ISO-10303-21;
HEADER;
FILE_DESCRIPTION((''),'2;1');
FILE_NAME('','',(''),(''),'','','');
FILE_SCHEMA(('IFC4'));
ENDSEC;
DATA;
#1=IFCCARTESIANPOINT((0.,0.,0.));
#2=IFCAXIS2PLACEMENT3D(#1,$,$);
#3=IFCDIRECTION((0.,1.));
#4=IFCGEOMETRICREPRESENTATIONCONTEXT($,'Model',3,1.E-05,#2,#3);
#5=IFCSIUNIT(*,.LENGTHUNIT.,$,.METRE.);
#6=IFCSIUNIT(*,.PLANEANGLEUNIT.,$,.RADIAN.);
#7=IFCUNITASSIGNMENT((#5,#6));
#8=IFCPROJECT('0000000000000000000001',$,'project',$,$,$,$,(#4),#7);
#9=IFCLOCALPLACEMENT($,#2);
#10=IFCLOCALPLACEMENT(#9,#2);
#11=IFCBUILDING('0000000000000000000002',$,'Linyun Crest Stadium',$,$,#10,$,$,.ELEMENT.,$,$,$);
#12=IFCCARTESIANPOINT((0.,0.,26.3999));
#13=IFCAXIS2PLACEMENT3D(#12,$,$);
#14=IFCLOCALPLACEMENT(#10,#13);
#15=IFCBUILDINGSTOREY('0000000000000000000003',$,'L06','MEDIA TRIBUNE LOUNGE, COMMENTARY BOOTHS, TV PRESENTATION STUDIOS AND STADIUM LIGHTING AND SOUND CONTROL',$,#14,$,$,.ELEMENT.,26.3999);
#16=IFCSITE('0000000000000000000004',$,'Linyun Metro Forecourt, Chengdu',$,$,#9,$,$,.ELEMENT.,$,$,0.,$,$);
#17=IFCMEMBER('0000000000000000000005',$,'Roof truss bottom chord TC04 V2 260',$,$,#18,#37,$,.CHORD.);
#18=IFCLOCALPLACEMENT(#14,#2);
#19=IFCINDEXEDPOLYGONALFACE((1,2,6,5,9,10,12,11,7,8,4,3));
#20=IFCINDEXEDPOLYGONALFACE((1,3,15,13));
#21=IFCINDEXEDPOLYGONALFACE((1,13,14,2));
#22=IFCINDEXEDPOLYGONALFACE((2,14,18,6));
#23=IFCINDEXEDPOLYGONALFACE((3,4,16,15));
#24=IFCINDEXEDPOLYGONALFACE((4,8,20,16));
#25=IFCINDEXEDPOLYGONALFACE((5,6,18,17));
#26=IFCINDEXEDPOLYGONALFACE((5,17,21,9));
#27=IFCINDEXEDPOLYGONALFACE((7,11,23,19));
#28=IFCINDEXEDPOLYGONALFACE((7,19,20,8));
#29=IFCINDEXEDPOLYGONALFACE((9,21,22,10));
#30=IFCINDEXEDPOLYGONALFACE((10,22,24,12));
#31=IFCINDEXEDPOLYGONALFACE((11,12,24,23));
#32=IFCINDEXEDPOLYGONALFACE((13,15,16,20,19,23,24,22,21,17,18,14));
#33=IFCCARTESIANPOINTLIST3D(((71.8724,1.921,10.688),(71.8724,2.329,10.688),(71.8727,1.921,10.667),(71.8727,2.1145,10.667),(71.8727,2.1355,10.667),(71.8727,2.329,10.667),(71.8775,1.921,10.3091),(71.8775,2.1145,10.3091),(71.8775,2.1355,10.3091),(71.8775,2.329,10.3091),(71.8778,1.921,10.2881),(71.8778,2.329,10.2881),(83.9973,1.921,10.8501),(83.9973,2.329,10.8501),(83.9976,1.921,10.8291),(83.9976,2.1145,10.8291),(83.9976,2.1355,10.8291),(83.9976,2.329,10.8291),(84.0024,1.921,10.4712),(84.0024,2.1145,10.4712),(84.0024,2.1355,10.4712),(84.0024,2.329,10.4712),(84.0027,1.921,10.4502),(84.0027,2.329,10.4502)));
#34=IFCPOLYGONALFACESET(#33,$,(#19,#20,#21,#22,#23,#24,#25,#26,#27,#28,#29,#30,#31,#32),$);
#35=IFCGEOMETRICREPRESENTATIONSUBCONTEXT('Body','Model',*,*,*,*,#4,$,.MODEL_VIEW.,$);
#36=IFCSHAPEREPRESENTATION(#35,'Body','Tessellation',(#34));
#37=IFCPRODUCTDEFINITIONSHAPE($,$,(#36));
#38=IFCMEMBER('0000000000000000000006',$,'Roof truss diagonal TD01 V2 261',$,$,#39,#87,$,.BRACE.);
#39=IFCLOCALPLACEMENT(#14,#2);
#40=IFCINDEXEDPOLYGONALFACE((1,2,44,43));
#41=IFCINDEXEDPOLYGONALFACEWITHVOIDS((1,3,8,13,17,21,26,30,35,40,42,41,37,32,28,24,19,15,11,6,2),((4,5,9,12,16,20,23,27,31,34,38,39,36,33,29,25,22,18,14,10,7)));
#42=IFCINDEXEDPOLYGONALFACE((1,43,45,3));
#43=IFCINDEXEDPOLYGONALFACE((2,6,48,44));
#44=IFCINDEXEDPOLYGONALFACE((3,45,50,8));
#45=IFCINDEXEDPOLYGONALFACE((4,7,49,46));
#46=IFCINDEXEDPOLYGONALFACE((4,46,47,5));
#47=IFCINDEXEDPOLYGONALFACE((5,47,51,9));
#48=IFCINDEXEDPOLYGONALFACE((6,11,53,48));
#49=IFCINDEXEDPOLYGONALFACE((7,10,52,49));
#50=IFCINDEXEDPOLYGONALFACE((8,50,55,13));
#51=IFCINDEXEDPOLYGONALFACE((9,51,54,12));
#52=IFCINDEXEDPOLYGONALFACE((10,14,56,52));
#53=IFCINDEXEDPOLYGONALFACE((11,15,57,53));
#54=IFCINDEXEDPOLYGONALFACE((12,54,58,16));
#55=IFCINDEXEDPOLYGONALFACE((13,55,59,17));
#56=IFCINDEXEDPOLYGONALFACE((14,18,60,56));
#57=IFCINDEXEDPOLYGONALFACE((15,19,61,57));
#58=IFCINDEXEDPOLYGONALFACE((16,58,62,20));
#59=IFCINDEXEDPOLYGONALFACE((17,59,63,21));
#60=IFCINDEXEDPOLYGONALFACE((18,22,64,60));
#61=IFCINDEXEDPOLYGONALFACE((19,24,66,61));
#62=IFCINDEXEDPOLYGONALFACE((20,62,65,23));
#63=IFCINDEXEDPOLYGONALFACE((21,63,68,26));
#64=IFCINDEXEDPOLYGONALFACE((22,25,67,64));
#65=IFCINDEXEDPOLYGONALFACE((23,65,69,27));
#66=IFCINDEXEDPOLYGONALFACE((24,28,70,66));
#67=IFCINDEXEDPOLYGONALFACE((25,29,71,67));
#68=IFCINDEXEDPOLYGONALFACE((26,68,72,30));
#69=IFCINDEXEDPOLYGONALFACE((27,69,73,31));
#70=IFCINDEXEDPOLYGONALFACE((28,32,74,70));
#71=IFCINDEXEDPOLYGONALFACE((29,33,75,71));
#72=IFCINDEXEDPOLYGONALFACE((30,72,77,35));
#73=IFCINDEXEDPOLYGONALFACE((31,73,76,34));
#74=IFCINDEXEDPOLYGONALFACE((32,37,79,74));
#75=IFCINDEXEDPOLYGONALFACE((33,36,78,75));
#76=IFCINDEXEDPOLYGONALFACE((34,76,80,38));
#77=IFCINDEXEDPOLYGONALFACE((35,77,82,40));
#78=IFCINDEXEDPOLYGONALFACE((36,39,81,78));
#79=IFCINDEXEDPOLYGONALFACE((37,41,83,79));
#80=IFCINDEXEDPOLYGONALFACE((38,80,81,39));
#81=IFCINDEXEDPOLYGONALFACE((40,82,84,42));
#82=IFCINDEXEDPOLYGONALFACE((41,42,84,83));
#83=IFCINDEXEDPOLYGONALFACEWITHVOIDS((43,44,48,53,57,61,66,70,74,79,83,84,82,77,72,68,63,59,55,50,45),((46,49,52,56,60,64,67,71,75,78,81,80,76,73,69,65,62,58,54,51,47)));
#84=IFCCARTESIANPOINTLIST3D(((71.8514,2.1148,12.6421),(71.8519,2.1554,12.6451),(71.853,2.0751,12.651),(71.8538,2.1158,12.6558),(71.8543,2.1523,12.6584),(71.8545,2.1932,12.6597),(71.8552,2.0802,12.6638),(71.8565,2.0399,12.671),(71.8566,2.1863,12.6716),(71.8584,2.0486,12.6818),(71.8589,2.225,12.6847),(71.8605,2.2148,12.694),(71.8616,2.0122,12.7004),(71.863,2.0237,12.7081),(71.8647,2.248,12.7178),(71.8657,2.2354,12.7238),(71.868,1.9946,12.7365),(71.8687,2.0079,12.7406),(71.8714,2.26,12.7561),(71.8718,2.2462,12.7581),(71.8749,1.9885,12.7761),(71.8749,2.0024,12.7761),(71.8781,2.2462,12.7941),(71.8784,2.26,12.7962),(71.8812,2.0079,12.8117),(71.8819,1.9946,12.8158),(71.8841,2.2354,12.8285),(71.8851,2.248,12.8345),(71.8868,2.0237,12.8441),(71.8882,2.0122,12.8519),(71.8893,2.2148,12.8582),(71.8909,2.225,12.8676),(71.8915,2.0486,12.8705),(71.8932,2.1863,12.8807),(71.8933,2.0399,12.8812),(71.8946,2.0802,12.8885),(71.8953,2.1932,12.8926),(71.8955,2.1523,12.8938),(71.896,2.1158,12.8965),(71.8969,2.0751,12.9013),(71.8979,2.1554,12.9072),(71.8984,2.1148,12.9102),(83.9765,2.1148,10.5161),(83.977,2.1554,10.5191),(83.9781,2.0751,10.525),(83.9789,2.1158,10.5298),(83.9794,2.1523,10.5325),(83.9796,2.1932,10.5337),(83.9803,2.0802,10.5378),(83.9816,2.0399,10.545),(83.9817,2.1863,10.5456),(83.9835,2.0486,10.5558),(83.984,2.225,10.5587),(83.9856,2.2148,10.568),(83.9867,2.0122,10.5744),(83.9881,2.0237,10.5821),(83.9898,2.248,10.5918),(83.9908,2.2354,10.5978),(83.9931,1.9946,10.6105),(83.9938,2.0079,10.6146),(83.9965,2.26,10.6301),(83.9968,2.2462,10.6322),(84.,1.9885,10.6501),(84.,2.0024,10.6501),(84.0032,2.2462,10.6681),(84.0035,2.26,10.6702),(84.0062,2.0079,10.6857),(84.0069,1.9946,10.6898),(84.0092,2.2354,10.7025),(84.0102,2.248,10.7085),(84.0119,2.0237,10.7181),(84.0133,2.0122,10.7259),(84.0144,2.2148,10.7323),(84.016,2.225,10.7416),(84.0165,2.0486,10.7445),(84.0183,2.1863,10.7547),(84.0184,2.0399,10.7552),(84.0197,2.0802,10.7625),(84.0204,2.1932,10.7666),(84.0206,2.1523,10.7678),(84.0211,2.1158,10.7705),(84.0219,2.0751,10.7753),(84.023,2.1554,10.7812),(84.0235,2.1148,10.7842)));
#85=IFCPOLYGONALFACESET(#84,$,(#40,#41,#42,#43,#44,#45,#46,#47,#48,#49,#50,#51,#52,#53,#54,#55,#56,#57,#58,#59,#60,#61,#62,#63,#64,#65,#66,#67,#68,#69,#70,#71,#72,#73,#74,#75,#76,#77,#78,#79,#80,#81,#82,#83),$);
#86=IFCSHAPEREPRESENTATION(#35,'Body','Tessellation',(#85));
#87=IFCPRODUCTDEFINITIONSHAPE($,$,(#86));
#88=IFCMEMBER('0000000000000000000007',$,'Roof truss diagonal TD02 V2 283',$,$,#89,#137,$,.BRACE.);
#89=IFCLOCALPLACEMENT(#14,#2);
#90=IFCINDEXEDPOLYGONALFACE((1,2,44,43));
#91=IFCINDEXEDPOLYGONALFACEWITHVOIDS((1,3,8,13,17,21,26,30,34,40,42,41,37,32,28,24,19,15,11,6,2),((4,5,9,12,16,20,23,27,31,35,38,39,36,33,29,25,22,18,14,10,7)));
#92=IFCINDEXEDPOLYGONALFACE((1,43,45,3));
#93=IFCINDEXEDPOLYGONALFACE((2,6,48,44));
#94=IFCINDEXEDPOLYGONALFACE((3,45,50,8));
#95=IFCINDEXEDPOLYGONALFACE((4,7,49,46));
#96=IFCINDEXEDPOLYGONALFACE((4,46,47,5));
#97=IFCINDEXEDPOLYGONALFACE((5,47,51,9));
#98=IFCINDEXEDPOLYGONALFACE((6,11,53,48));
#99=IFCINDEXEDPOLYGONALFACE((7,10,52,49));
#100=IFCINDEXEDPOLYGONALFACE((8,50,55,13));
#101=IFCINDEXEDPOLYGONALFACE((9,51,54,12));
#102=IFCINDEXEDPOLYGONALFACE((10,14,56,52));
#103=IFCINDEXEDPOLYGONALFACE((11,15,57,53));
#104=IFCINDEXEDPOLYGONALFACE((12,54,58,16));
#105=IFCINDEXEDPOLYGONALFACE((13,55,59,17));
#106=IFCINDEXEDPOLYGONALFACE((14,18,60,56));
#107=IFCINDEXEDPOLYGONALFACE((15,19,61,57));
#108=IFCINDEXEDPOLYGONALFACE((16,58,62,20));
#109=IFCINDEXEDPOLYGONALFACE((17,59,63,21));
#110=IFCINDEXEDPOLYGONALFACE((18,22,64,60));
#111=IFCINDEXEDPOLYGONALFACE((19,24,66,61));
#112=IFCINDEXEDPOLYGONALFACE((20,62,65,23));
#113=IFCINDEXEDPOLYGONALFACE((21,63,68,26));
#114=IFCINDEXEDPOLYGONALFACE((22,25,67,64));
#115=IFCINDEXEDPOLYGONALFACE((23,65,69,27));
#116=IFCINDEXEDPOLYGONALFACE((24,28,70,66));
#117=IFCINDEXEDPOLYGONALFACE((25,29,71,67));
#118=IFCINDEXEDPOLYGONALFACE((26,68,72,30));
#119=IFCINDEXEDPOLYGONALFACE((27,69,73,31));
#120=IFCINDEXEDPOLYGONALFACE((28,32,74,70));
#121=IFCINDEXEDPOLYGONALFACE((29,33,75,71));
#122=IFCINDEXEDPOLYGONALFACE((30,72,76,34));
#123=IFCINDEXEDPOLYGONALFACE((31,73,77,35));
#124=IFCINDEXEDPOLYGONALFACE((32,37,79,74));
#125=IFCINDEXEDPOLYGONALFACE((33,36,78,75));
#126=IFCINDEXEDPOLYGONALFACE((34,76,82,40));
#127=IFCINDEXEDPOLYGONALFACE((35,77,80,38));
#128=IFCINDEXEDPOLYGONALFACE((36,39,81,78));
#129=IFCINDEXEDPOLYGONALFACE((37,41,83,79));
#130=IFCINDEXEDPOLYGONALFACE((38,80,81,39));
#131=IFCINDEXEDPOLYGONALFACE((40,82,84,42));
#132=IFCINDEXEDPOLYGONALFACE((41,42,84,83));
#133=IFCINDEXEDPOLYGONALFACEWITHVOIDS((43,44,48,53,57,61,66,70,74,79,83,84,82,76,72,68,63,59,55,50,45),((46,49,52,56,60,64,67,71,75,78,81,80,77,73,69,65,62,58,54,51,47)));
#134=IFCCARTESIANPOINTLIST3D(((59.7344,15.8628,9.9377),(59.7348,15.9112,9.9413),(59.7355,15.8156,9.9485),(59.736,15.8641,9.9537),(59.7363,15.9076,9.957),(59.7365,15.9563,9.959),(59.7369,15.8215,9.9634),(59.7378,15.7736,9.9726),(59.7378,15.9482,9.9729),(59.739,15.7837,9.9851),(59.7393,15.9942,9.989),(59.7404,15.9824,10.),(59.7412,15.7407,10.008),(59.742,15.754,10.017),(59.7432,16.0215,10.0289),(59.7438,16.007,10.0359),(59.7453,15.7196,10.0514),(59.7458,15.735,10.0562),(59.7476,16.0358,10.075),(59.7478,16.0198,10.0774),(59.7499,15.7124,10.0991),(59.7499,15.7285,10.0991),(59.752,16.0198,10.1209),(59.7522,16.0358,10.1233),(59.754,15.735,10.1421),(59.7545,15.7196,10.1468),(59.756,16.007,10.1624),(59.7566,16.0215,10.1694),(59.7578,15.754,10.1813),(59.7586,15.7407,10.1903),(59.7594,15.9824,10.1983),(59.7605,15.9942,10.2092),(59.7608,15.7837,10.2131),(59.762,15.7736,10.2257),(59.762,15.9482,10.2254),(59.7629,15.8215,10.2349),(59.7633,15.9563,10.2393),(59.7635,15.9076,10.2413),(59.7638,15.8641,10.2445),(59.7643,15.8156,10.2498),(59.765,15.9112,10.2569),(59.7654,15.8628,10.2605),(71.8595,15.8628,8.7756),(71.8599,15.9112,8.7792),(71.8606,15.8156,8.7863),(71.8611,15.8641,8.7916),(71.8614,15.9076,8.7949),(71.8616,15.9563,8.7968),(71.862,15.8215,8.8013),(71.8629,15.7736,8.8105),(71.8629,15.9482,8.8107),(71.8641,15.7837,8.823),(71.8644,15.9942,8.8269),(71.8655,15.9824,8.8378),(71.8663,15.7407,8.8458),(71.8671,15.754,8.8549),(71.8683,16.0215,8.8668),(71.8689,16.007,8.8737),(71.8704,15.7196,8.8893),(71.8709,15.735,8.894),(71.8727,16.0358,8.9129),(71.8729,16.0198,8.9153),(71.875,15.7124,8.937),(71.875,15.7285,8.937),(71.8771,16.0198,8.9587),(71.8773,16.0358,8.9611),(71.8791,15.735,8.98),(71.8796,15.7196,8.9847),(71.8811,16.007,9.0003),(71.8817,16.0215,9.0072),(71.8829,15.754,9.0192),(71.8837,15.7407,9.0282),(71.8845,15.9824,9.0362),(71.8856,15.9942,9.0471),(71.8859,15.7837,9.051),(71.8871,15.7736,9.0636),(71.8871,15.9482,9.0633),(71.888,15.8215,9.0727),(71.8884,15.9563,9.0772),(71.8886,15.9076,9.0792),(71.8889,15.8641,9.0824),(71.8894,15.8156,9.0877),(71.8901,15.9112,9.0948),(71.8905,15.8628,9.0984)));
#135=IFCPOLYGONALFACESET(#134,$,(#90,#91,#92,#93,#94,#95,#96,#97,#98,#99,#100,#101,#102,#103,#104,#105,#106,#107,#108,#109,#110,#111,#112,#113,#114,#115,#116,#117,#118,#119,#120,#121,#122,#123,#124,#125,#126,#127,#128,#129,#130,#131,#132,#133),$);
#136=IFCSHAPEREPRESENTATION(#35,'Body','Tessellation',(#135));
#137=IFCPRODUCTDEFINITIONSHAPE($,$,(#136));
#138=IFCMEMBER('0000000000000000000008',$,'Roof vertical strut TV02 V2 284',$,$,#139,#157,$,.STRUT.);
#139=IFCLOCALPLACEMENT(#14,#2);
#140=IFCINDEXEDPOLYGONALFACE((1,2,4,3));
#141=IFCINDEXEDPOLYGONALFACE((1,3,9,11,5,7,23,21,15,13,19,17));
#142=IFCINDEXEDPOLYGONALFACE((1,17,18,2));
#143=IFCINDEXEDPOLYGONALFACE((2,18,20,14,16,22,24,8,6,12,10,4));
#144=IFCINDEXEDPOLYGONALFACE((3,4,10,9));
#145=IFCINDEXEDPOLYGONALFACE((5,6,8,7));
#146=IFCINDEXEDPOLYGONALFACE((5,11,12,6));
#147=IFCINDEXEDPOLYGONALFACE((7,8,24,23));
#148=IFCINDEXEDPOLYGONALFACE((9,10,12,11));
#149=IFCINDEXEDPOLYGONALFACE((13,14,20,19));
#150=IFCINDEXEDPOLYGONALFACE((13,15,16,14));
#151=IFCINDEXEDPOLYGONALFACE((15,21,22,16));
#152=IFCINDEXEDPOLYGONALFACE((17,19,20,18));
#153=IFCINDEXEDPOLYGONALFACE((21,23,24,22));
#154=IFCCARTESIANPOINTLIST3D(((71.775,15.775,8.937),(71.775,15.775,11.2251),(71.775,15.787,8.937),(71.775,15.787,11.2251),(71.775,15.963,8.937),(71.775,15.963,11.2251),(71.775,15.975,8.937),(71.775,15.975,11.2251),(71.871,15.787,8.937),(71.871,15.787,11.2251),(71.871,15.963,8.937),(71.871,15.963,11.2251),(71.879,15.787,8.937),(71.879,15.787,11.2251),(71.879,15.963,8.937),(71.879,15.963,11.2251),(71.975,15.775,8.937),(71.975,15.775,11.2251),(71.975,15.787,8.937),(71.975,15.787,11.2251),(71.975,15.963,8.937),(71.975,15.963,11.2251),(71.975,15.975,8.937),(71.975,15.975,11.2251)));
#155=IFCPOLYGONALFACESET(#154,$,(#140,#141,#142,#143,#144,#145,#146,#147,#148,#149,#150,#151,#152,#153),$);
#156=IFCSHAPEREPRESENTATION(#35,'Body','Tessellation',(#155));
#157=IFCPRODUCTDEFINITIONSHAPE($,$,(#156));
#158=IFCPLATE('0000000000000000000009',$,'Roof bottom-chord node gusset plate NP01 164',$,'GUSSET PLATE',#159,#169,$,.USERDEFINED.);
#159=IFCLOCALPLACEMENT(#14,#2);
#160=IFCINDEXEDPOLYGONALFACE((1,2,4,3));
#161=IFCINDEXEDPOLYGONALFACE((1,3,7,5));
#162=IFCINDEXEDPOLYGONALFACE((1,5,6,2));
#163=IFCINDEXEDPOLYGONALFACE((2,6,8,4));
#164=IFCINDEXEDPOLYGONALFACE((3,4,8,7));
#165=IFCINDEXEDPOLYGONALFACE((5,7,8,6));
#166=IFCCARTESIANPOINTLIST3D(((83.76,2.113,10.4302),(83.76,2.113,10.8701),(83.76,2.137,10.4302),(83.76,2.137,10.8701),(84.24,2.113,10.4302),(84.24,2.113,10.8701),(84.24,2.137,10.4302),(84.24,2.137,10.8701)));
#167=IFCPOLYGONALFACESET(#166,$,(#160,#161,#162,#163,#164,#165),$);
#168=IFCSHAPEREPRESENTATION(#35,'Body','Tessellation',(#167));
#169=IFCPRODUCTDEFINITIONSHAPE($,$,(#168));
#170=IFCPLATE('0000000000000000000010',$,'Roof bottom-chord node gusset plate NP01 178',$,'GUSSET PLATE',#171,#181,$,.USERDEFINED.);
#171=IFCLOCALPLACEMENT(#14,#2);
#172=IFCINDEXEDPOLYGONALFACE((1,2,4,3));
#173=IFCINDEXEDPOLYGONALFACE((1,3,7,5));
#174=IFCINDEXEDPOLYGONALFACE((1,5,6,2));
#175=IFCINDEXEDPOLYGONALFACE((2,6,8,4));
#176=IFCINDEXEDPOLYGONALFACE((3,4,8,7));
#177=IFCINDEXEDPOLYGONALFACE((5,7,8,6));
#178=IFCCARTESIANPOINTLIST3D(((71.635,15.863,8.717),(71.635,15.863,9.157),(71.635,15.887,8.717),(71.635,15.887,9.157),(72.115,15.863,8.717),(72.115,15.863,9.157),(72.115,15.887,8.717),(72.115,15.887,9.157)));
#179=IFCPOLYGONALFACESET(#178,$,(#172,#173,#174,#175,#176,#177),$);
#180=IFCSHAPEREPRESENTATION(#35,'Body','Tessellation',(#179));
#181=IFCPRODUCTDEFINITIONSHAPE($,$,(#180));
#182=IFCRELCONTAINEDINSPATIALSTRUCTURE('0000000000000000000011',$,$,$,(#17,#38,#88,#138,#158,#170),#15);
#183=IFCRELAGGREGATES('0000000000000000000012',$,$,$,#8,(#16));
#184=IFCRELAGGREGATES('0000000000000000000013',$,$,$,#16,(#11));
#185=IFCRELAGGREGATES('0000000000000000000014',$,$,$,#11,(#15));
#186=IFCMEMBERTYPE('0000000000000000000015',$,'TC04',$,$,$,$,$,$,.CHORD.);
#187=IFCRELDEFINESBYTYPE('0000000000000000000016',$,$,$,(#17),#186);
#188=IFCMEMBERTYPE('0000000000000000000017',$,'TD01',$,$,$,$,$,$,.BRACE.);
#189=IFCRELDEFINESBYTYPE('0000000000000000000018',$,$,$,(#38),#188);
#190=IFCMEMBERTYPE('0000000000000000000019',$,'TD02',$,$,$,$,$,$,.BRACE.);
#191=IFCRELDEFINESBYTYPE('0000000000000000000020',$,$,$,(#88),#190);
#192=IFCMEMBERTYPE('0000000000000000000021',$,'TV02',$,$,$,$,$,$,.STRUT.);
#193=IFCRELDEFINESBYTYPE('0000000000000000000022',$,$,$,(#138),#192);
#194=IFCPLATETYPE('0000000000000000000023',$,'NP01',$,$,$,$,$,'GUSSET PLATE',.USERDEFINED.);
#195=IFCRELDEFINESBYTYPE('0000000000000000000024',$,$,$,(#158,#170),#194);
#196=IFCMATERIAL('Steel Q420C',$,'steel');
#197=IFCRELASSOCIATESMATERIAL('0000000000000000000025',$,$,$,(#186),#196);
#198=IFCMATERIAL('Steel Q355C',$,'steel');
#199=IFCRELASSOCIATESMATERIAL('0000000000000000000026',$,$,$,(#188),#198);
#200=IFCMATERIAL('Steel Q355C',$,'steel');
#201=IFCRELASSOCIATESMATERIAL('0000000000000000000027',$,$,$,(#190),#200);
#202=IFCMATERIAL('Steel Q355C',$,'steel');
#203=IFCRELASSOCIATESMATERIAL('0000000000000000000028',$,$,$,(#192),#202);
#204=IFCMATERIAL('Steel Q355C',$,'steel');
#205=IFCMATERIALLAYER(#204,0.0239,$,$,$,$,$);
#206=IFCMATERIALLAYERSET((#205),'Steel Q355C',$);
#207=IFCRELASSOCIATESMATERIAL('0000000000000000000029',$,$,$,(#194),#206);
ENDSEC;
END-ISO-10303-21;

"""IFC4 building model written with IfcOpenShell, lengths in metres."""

from ifc_helpers import new_model, si_unit, direction, frame, origin, origin_2d, place, context, subcontext, project, spatial, rectangle, hollow_circle, i_section, extrude, material, layer, layer_set, material_profile, profile_set, type_object, element, save


model = new_model("IFC4")

# Units and contexts
model_context = context("Model", 3, precision=1e-05, world=origin(), true_north=direction((0.0, 1.0)))
body_context = subcontext(model_context, "Body", "Model", "MODEL_VIEW")
ifc_project = project(units=[si_unit("LENGTHUNIT", "METRE"), si_unit("PLANEANGLEUNIT", "RADIAN")], contexts=[model_context])

# Site, building, storey
site_placement = place(None, origin())
site = spatial("IfcSite", under=ifc_project, at=site_placement, Name="Linyun Metro Forecourt, Chengdu", CompositionType="ELEMENT", RefElevation=0.0)
building_placement = place(site_placement, origin())
building = spatial("IfcBuilding", under=site, at=building_placement, Name="Linyun Crest Stadium", CompositionType="ELEMENT")
storey_placement = place(building_placement, frame((0.0, 0.0, 26.3999)))
storey = spatial("IfcBuildingStorey", under=building, at=storey_placement, Name="L06", Description="MEDIA TRIBUNE LOUNGE, COMMENTARY BOOTHS, TV PRESENTATION STUDIOS AND STADIUM LIGHTING AND SOUND CONTROL", CompositionType="ELEMENT", Elevation=26.3999)

# Members
ifc_material_1 = material(Name="Steel Q420C", Category="steel")
ifc_material_profile_1 = material_profile(ifc_material_1, i_section(OverallWidth=0.408, OverallDepth=0.3999, WebThickness=0.021, FlangeThickness=0.021, at=origin_2d()), Name="HW 400x408")
ifc_profile_set_1 = profile_set([ifc_material_profile_1], Name="Steel Q420C")
member_type_1 = type_object("IfcMemberType", Name="TC04", PredefinedType="CHORD", material=ifc_profile_set_1)
member_1_placement = place(storey_placement, frame((84.0, 2.125, 10.6501), z_axis=(-0.999911, 0.0, -0.013369), x_axis=(0.0, -1.0, 0.0)))
element("IfcMember", 1, at=member_1_placement, inside=storey, type_object=member_type_1, Name="Roof truss bottom chord TC04 V2 260", PredefinedType="CHORD", context=body_context, shape_type="SweptSolid", body=[
    extrude(i_section(OverallWidth=0.408, OverallDepth=0.3999, WebThickness=0.021, FlangeThickness=0.021, at=origin_2d()), origin(), (0.0, 0.0, 1.0), 12.126),
])
ifc_material_2 = material(Name="Steel Q355C", Category="steel")
ifc_material_profile_2 = material_profile(ifc_material_2, hollow_circle(Radius=0.1365, WallThickness=0.0139, at=origin_2d()), Name="CHS 273x14")
ifc_profile_set_2 = profile_set([ifc_material_profile_2], Name="Steel Q355C")
member_type_2 = type_object("IfcMemberType", Name="TD01", PredefinedType="BRACE", material=ifc_profile_set_2)
member_2_placement = place(storey_placement, frame((84.0, 2.125, 10.6501), z_axis=(-0.984974, 0.0, 0.172704), x_axis=(0.0, -1.0, 0.0)))
element("IfcMember", 2, at=member_2_placement, inside=storey, type_object=member_type_2, Name="Roof truss diagonal TD01 V2 261", PredefinedType="BRACE", context=body_context, shape_type="SweptSolid", body=[
    extrude(hollow_circle(Radius=0.1365, WallThickness=0.0139, at=origin_2d()), origin(), (0.0, 0.0, 1.0), 12.3101),
])
ifc_material_3 = material(Name="Steel Q355C", Category="steel")
ifc_material_profile_3 = material_profile(ifc_material_3, hollow_circle(Radius=0.1626, WallThickness=0.0161, at=origin_2d()), Name="CHS 325x16")
ifc_profile_set_3 = profile_set([ifc_material_profile_3], Name="Steel Q355C")
member_type_3 = type_object("IfcMemberType", Name="TD02", PredefinedType="BRACE", material=ifc_profile_set_3)
member_3_placement = place(storey_placement, frame((71.875, 15.875, 8.937), z_axis=(-0.995438, 0.0, 0.095407), x_axis=(0.0, -1.0, 0.0)))
element("IfcMember", 3, at=member_3_placement, inside=storey, type_object=member_type_3, Name="Roof truss diagonal TD02 V2 283", PredefinedType="BRACE", context=body_context, shape_type="SweptSolid", body=[
    extrude(hollow_circle(Radius=0.1626, WallThickness=0.0161, at=origin_2d()), origin(), (0.0, 0.0, 1.0), 12.1807),
])
ifc_material_4 = material(Name="Steel Q355C", Category="steel")
ifc_material_profile_4 = material_profile(ifc_material_4, i_section(OverallWidth=0.2, OverallDepth=0.2, WebThickness=0.0081, FlangeThickness=0.012, at=origin_2d()), Name="HW 200x200")
ifc_profile_set_4 = profile_set([ifc_material_profile_4], Name="Steel Q355C")
member_type_4 = type_object("IfcMemberType", Name="TV02", PredefinedType="STRUT", material=ifc_profile_set_4)
member_4_placement = place(storey_placement, frame((71.875, 15.875, 8.937), z_axis=(0.0, 0.0, 1.0), x_axis=(1.0, 0.0, 0.0)))
element("IfcMember", 4, at=member_4_placement, inside=storey, type_object=member_type_4, Name="Roof vertical strut TV02 V2 284", PredefinedType="STRUT", context=body_context, shape_type="SweptSolid", body=[
    extrude(i_section(OverallWidth=0.2, OverallDepth=0.2, WebThickness=0.0081, FlangeThickness=0.012, at=origin_2d()), origin(), (0.0, 0.0, 1.0), 2.2881),
])

# Plates
ifc_material_5 = material(Name="Steel Q355C", Category="steel")
ifc_layer_1 = layer(ifc_material_5, 0.0239)
ifc_layer_set_1 = layer_set([ifc_layer_1], Name="Steel Q355C")
plate_type_1 = type_object("IfcPlateType", Name="NP01", ElementType="GUSSET PLATE", PredefinedType="USERDEFINED", material=ifc_layer_set_1)
for number, where, z_axis, x_axis, name in (
    (5, (84.0, 2.125, 10.4302), (0.0, 0.0, 1.0), (1.0, 0.0, 0.0), "Roof bottom-chord node gusset plate NP01 164"),
    (6, (71.875, 15.875, 8.717), (0.0, 0.0, 1.0), (1.0, 0.0, 0.0), "Roof bottom-chord node gusset plate NP01 178"),
):
    element("IfcPlate", number, at=place(storey_placement, frame(where, z_axis=z_axis, x_axis=x_axis)), inside=storey, type_object=plate_type_1, Name=name, ObjectType="GUSSET PLATE", PredefinedType="USERDEFINED", context=body_context, shape_type="SweptSolid", body=[
        extrude(rectangle(XDim=0.48, YDim=0.0239, at=origin_2d()), origin(), (0.0, 0.0, 1.0), 0.4399),
    ])

save(model, "model.ifc")
